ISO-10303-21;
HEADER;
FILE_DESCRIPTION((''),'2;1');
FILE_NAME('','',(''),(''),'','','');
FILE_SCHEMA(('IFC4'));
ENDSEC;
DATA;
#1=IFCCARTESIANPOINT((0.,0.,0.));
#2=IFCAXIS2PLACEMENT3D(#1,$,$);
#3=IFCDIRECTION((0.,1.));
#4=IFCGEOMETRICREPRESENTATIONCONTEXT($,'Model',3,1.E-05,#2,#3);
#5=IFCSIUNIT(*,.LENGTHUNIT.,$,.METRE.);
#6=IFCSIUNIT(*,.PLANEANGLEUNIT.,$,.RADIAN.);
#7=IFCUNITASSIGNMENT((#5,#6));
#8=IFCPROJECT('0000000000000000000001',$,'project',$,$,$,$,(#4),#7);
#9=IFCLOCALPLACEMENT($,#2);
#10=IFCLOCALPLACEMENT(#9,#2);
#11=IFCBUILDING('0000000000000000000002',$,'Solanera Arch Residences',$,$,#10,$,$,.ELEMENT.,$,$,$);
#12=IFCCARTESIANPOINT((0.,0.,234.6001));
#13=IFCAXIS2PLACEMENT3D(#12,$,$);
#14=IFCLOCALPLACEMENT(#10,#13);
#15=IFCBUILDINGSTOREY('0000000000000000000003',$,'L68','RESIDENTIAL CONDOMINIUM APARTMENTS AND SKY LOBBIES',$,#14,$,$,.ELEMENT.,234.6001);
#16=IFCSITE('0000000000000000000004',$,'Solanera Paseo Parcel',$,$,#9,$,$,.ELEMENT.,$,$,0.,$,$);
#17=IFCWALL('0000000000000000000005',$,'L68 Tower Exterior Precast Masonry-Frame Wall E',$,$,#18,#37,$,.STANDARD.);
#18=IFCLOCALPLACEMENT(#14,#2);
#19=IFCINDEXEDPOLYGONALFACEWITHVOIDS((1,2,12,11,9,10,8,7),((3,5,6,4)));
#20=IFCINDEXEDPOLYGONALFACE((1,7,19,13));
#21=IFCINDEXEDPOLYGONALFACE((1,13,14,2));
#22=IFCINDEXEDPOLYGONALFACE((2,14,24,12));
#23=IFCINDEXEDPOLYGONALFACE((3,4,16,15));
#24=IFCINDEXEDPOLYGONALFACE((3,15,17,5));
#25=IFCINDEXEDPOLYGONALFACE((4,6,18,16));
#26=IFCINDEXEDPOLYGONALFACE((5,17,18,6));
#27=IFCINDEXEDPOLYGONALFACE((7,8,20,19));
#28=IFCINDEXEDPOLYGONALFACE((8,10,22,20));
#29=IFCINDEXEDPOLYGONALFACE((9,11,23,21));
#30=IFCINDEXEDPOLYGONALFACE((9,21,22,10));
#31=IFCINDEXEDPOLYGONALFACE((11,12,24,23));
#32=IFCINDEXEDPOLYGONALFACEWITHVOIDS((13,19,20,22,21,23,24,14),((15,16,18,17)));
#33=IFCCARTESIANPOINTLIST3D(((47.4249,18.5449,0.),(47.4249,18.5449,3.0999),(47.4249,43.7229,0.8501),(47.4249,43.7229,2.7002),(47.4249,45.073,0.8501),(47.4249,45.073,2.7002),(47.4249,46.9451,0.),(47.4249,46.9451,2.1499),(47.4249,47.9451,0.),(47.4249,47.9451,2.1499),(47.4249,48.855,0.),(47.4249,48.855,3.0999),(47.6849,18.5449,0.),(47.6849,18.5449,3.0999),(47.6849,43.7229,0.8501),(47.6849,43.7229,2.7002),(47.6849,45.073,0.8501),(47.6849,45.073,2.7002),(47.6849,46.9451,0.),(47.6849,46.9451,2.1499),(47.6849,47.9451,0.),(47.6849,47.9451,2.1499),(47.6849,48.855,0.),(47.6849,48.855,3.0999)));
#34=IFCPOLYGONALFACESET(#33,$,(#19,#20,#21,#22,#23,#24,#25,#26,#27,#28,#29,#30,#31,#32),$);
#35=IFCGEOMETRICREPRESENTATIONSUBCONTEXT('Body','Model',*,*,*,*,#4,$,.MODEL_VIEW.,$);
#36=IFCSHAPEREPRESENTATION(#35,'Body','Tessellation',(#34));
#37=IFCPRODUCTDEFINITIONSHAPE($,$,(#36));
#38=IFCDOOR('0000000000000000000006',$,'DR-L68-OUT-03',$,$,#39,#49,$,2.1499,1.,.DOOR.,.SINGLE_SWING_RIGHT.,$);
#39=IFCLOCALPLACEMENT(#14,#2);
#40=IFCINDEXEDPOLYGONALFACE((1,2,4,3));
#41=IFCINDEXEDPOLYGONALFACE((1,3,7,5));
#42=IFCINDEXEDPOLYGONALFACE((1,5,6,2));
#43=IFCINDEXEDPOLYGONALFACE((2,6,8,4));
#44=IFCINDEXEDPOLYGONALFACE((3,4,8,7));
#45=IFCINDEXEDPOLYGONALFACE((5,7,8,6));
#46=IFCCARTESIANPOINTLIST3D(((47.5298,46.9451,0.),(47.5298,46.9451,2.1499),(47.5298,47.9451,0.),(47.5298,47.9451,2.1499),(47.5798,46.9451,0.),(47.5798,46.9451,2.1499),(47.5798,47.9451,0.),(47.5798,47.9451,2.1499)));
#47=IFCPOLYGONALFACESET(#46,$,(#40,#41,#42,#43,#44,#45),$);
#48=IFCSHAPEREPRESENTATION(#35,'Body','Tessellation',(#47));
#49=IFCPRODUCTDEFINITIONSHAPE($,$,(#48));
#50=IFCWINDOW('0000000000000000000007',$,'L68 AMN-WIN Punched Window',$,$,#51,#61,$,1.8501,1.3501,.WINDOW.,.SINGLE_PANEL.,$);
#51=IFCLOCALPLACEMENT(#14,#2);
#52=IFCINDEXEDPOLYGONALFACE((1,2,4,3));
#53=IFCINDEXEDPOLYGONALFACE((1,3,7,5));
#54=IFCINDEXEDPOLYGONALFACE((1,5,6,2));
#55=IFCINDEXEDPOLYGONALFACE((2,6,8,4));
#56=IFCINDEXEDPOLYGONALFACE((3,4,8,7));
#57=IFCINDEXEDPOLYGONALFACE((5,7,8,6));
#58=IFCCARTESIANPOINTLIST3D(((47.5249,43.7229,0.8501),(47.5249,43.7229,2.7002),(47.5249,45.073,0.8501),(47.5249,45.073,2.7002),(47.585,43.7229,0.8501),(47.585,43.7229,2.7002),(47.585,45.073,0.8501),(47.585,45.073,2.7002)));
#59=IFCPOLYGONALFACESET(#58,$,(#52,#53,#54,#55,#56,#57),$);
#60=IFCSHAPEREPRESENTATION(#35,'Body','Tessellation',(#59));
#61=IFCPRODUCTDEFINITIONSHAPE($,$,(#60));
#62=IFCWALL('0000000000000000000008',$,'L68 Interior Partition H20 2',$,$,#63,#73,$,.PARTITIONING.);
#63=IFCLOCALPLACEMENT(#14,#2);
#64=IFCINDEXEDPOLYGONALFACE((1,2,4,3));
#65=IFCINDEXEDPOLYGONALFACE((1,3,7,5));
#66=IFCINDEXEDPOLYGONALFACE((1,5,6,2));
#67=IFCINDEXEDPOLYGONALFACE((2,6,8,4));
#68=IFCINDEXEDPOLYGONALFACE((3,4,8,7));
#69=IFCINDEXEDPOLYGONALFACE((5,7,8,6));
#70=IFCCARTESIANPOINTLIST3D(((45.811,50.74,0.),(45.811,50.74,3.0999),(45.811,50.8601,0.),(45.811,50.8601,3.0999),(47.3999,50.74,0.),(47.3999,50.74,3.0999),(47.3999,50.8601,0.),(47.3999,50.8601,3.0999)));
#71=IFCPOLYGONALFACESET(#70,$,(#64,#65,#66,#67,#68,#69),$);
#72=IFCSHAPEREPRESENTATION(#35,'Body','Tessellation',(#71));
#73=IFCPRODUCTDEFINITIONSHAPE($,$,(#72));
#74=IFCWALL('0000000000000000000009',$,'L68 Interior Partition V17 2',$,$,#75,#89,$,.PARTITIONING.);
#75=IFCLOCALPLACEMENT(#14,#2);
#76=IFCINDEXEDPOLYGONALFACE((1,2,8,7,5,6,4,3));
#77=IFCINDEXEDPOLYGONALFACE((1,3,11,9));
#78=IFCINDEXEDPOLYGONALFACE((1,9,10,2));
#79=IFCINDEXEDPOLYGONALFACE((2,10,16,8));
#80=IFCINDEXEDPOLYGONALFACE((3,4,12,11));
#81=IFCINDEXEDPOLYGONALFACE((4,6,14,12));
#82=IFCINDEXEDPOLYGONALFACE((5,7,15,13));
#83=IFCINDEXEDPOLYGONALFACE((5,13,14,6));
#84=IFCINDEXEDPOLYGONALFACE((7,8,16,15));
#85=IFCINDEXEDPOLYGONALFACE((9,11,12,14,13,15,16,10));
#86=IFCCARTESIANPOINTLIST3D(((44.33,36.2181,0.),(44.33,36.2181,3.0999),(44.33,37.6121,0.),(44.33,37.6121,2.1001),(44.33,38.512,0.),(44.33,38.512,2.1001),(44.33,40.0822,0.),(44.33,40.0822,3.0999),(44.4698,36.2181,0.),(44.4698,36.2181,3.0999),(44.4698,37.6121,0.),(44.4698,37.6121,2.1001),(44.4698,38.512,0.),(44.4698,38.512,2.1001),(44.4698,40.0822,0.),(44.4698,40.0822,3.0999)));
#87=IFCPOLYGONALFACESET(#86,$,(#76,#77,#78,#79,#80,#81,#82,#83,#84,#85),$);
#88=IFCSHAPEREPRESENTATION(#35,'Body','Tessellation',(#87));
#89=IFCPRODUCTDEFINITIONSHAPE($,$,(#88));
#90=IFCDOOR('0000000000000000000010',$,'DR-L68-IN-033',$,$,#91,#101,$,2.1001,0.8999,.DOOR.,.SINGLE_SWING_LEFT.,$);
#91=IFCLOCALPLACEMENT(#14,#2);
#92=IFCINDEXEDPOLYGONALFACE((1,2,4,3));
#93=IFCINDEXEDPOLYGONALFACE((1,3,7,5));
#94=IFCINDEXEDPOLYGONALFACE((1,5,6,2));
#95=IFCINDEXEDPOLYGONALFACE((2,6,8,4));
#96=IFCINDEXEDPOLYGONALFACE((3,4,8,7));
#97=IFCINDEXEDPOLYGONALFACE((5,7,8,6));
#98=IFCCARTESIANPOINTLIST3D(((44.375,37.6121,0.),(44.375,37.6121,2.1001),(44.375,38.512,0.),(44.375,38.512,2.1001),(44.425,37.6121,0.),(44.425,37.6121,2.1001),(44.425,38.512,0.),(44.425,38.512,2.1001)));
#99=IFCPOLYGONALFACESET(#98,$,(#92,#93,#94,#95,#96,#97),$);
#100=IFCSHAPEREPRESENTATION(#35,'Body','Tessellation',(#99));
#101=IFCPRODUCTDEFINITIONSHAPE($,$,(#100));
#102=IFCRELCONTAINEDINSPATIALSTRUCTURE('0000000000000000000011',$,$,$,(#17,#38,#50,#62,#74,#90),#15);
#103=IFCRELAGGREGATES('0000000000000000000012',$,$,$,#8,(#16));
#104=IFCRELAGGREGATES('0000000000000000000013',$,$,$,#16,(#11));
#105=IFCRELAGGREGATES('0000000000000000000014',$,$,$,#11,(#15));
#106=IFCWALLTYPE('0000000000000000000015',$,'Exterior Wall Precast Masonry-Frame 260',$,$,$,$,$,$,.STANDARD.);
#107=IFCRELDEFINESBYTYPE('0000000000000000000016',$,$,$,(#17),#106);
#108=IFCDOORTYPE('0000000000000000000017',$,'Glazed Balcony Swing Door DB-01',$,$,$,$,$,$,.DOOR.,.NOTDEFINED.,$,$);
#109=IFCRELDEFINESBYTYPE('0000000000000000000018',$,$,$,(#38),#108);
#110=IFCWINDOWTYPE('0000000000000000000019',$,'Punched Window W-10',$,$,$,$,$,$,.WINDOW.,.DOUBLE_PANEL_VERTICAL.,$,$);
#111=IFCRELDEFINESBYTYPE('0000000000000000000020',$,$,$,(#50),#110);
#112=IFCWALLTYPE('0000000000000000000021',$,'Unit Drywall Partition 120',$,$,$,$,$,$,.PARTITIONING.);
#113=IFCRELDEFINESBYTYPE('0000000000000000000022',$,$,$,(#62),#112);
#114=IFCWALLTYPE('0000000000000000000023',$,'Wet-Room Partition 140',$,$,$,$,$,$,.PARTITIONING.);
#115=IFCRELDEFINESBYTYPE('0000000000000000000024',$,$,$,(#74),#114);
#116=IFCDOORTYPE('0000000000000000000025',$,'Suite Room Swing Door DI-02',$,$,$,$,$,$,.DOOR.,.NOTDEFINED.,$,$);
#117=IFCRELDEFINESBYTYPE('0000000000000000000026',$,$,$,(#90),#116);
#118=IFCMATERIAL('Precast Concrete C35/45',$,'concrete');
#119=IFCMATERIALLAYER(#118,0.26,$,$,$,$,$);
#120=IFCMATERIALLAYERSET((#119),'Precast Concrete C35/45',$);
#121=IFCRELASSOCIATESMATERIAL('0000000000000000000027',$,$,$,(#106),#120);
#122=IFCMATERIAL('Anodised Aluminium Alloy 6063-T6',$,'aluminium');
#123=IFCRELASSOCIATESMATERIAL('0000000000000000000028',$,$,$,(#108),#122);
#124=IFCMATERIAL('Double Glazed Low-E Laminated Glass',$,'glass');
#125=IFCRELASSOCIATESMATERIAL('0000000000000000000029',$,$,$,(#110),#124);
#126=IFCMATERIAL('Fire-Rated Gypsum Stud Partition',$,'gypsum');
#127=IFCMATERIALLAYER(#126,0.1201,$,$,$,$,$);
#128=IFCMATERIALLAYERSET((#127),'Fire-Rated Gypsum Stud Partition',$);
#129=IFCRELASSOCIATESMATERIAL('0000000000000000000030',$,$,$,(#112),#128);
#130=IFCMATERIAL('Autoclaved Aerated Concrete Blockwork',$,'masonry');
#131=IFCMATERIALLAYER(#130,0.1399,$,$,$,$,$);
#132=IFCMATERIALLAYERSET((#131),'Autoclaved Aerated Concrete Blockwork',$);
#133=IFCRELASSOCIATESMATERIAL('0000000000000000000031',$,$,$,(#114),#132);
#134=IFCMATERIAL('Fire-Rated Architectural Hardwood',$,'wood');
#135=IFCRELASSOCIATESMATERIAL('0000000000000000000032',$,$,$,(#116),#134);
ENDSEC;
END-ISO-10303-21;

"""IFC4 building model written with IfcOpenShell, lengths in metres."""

from ifc_helpers import new_model, si_unit, direction, frame, frame_2d, origin, place, context, subcontext, project, spatial, rectangle, extrude, material, layer, layer_set, type_object, element, fill, save


model = new_model("IFC4")

# Units and contexts
model_context = context("Model", 3, precision=1e-05, world=origin(), true_north=direction((0.0, 1.0)))
body_context = subcontext(model_context, "Body", "Model", "MODEL_VIEW")
ifc_project = project(units=[si_unit("LENGTHUNIT", "METRE"), si_unit("PLANEANGLEUNIT", "RADIAN")], contexts=[model_context])

# Site, building, storey
site_placement = place(None, origin())
site = spatial("IfcSite", under=ifc_project, at=site_placement, Name="Solanera Paseo Parcel", CompositionType="ELEMENT", RefElevation=0.0)
building_placement = place(site_placement, origin())
building = spatial("IfcBuilding", under=site, at=building_placement, Name="Solanera Arch Residences", CompositionType="ELEMENT")
storey_placement = place(building_placement, frame((0.0, 0.0, 234.6001)))
storey = spatial("IfcBuildingStorey", under=building, at=storey_placement, Name="L68", Description="RESIDENTIAL CONDOMINIUM APARTMENTS AND SKY LOBBIES", CompositionType="ELEMENT", Elevation=234.6001)

# Shared definitions
ifc_material_1 = material(Name="Precast Concrete C35/45", Category="concrete")
ifc_layer_1 = layer(ifc_material_1, 0.26)
ifc_layer_set_1 = layer_set([ifc_layer_1], Name="Precast Concrete C35/45")
wall_type_1 = type_object("IfcWallType", Name="Exterior Wall Precast Masonry-Frame 260", PredefinedType="STANDARD", material=ifc_layer_set_1)

# Wall, openings, door, window
wall_1_placement = place(storey_placement, frame((47.5549, 48.855, 0.0), z_axis=(0.0, 0.0, 1.0), x_axis=(0.0, -1.0, 0.0)))
wall_1 = element("IfcWall", 1, at=wall_1_placement, inside=storey, type_object=wall_type_1, Name="L68 Tower Exterior Precast Masonry-Frame Wall E", PredefinedType="STANDARD", context=body_context, shape_type="SweptSolid", body=[
    extrude(rectangle(XDim=30.3101, YDim=0.26, at=frame_2d((15.155, 0.0))), origin(), (0.0, 0.0, 1.0), 3.0999),
])
opening_1_placement = place(wall_1_placement, frame((0.9099, 0.0, 0.0)))
opening_1 = element("IfcOpeningElement", 2, at=opening_1_placement, cuts=wall_1, PredefinedType="OPENING", context=body_context, shape_type="SweptSolid", body=[
    extrude(rectangle(XDim=1.0, YDim=2.1499, at=frame_2d((0.5, 1.075))), frame((0.0, 0.1399, 0.0), z_axis=(0.0, -1.0, 0.0), x_axis=(1.0, 0.0, 0.0)), (0.0, 0.0, 1.0), 0.28),
])
opening_2_placement = place(wall_1_placement, frame((3.782, 0.0, 0.8501)))
opening_2 = element("IfcOpeningElement", 3, at=opening_2_placement, cuts=wall_1, PredefinedType="OPENING", context=body_context, shape_type="SweptSolid", body=[
    extrude(rectangle(XDim=1.3501, YDim=1.8501, at=frame_2d((0.675, 0.925))), frame((0.0, 0.1399, 0.0), z_axis=(0.0, -1.0, 0.0), x_axis=(1.0, 0.0, 0.0)), (0.0, 0.0, 1.0), 0.28),
])
ifc_material_2 = material(Name="Anodised Aluminium Alloy 6063-T6", Category="aluminium")
door_type_1 = type_object("IfcDoorType", Name="Glazed Balcony Swing Door DB-01", OperationType="NOTDEFINED", PredefinedType="DOOR", material=ifc_material_2)
door_1_placement = place(opening_1_placement, origin())
door_1 = element("IfcDoor", 4, at=door_1_placement, inside=storey, type_object=door_type_1, Name="DR-L68-OUT-03", OperationType="SINGLE_SWING_RIGHT", OverallHeight=2.1499, OverallWidth=1.0, PredefinedType="DOOR", context=body_context, shape_type="SweptSolid", body=[
    extrude(rectangle(XDim=1.0, YDim=2.1499, at=frame_2d((0.5, 1.075))), frame((0.0, 0.0249, 0.0), z_axis=(0.0, -1.0, 0.0), x_axis=(1.0, 0.0, 0.0)), (0.0, 0.0, 1.0), 0.05),
])
fill(opening_1, door_1)
ifc_material_3 = material(Name="Double Glazed Low-E Laminated Glass", Category="glass")
window_type = type_object("IfcWindowType", Name="Punched Window W-10", PartitioningType="DOUBLE_PANEL_VERTICAL", PredefinedType="WINDOW", material=ifc_material_3)
window_placement = place(opening_2_placement, origin())
window = element("IfcWindow", 5, at=window_placement, inside=storey, type_object=window_type, Name="L68 AMN-WIN Punched Window", OverallHeight=1.8501, OverallWidth=1.3501, PartitioningType="SINGLE_PANEL", PredefinedType="WINDOW", context=body_context, shape_type="SweptSolid", body=[
    extrude(rectangle(XDim=1.3501, YDim=1.8501, at=frame_2d((0.675, 0.925))), frame((0.0, 0.03, 0.0), z_axis=(0.0, -1.0, 0.0), x_axis=(1.0, 0.0, 0.0)), (0.0, 0.0, 1.0), 0.0601),
])
fill(opening_2, window)

# Wall
ifc_material_4 = material(Name="Fire-Rated Gypsum Stud Partition", Category="gypsum")
ifc_layer_2 = layer(ifc_material_4, 0.1201)
ifc_layer_set_2 = layer_set([ifc_layer_2], Name="Fire-Rated Gypsum Stud Partition")
wall_type_2 = type_object("IfcWallType", Name="Unit Drywall Partition 120", PredefinedType="PARTITIONING", material=ifc_layer_set_2)
wall_2_placement = place(storey_placement, frame((45.811, 50.8, 0.0), z_axis=(0.0, 0.0, 1.0), x_axis=(1.0, 0.0, 0.0)))
element("IfcWall", 6, at=wall_2_placement, inside=storey, type_object=wall_type_2, Name="L68 Interior Partition H20 2", PredefinedType="PARTITIONING", context=body_context, shape_type="SweptSolid", body=[
    extrude(rectangle(XDim=1.5889, YDim=0.1201, at=frame_2d((0.7944, 0.0))), origin(), (0.0, 0.0, 1.0), 3.0999),
])

# Wall, opening, door
ifc_material_5 = material(Name="Autoclaved Aerated Concrete Blockwork", Category="masonry")
ifc_layer_3 = layer(ifc_material_5, 0.1399)
ifc_layer_set_3 = layer_set([ifc_layer_3], Name="Autoclaved Aerated Concrete Blockwork")
wall_type_3 = type_object("IfcWallType", Name="Wet-Room Partition 140", PredefinedType="PARTITIONING", material=ifc_layer_set_3)
wall_3_placement = place(storey_placement, frame((44.3999, 36.218, 0.0), z_axis=(0.0, 0.0, 1.0), x_axis=(0.0, 1.0, 0.0)))
wall_3 = element("IfcWall", 7, at=wall_3_placement, inside=storey, type_object=wall_type_3, Name="L68 Interior Partition V17 2", PredefinedType="PARTITIONING", context=body_context, shape_type="SweptSolid", body=[
    extrude(rectangle(XDim=3.864, YDim=0.1399, at=frame_2d((1.9321, 0.0))), origin(), (0.0, 0.0, 1.0), 3.0999),
])
opening_3_placement = place(wall_3_placement, frame((1.394, 0.0, 0.0)))
opening_3 = element("IfcOpeningElement", 8, at=opening_3_placement, cuts=wall_3, PredefinedType="OPENING", context=body_context, shape_type="SweptSolid", body=[
    extrude(rectangle(XDim=0.8999, YDim=2.1001, at=frame_2d((0.45, 1.05))), frame((0.0, 0.0798, 0.0), z_axis=(0.0, -1.0, 0.0), x_axis=(1.0, 0.0, 0.0)), (0.0, 0.0, 1.0), 0.1599),
])
ifc_material_6 = material(Name="Fire-Rated Architectural Hardwood", Category="wood")
door_type_2 = type_object("IfcDoorType", Name="Suite Room Swing Door DI-02", OperationType="NOTDEFINED", PredefinedType="DOOR", material=ifc_material_6)
door_2_placement = place(opening_3_placement, origin())
door_2 = element("IfcDoor", 9, at=door_2_placement, inside=storey, type_object=door_type_2, Name="DR-L68-IN-033", OperationType="SINGLE_SWING_LEFT", OverallHeight=2.1001, OverallWidth=0.8999, PredefinedType="DOOR", context=body_context, shape_type="SweptSolid", body=[
    extrude(rectangle(XDim=0.8999, YDim=2.1001, at=frame_2d((0.45, 1.05))), frame((0.0, 0.0249, 0.0), z_axis=(0.0, -1.0, 0.0), x_axis=(1.0, 0.0, 0.0)), (0.0, 0.0, 1.0), 0.05),
])
fill(opening_3, door_2)

save(model, "model.ifc")
